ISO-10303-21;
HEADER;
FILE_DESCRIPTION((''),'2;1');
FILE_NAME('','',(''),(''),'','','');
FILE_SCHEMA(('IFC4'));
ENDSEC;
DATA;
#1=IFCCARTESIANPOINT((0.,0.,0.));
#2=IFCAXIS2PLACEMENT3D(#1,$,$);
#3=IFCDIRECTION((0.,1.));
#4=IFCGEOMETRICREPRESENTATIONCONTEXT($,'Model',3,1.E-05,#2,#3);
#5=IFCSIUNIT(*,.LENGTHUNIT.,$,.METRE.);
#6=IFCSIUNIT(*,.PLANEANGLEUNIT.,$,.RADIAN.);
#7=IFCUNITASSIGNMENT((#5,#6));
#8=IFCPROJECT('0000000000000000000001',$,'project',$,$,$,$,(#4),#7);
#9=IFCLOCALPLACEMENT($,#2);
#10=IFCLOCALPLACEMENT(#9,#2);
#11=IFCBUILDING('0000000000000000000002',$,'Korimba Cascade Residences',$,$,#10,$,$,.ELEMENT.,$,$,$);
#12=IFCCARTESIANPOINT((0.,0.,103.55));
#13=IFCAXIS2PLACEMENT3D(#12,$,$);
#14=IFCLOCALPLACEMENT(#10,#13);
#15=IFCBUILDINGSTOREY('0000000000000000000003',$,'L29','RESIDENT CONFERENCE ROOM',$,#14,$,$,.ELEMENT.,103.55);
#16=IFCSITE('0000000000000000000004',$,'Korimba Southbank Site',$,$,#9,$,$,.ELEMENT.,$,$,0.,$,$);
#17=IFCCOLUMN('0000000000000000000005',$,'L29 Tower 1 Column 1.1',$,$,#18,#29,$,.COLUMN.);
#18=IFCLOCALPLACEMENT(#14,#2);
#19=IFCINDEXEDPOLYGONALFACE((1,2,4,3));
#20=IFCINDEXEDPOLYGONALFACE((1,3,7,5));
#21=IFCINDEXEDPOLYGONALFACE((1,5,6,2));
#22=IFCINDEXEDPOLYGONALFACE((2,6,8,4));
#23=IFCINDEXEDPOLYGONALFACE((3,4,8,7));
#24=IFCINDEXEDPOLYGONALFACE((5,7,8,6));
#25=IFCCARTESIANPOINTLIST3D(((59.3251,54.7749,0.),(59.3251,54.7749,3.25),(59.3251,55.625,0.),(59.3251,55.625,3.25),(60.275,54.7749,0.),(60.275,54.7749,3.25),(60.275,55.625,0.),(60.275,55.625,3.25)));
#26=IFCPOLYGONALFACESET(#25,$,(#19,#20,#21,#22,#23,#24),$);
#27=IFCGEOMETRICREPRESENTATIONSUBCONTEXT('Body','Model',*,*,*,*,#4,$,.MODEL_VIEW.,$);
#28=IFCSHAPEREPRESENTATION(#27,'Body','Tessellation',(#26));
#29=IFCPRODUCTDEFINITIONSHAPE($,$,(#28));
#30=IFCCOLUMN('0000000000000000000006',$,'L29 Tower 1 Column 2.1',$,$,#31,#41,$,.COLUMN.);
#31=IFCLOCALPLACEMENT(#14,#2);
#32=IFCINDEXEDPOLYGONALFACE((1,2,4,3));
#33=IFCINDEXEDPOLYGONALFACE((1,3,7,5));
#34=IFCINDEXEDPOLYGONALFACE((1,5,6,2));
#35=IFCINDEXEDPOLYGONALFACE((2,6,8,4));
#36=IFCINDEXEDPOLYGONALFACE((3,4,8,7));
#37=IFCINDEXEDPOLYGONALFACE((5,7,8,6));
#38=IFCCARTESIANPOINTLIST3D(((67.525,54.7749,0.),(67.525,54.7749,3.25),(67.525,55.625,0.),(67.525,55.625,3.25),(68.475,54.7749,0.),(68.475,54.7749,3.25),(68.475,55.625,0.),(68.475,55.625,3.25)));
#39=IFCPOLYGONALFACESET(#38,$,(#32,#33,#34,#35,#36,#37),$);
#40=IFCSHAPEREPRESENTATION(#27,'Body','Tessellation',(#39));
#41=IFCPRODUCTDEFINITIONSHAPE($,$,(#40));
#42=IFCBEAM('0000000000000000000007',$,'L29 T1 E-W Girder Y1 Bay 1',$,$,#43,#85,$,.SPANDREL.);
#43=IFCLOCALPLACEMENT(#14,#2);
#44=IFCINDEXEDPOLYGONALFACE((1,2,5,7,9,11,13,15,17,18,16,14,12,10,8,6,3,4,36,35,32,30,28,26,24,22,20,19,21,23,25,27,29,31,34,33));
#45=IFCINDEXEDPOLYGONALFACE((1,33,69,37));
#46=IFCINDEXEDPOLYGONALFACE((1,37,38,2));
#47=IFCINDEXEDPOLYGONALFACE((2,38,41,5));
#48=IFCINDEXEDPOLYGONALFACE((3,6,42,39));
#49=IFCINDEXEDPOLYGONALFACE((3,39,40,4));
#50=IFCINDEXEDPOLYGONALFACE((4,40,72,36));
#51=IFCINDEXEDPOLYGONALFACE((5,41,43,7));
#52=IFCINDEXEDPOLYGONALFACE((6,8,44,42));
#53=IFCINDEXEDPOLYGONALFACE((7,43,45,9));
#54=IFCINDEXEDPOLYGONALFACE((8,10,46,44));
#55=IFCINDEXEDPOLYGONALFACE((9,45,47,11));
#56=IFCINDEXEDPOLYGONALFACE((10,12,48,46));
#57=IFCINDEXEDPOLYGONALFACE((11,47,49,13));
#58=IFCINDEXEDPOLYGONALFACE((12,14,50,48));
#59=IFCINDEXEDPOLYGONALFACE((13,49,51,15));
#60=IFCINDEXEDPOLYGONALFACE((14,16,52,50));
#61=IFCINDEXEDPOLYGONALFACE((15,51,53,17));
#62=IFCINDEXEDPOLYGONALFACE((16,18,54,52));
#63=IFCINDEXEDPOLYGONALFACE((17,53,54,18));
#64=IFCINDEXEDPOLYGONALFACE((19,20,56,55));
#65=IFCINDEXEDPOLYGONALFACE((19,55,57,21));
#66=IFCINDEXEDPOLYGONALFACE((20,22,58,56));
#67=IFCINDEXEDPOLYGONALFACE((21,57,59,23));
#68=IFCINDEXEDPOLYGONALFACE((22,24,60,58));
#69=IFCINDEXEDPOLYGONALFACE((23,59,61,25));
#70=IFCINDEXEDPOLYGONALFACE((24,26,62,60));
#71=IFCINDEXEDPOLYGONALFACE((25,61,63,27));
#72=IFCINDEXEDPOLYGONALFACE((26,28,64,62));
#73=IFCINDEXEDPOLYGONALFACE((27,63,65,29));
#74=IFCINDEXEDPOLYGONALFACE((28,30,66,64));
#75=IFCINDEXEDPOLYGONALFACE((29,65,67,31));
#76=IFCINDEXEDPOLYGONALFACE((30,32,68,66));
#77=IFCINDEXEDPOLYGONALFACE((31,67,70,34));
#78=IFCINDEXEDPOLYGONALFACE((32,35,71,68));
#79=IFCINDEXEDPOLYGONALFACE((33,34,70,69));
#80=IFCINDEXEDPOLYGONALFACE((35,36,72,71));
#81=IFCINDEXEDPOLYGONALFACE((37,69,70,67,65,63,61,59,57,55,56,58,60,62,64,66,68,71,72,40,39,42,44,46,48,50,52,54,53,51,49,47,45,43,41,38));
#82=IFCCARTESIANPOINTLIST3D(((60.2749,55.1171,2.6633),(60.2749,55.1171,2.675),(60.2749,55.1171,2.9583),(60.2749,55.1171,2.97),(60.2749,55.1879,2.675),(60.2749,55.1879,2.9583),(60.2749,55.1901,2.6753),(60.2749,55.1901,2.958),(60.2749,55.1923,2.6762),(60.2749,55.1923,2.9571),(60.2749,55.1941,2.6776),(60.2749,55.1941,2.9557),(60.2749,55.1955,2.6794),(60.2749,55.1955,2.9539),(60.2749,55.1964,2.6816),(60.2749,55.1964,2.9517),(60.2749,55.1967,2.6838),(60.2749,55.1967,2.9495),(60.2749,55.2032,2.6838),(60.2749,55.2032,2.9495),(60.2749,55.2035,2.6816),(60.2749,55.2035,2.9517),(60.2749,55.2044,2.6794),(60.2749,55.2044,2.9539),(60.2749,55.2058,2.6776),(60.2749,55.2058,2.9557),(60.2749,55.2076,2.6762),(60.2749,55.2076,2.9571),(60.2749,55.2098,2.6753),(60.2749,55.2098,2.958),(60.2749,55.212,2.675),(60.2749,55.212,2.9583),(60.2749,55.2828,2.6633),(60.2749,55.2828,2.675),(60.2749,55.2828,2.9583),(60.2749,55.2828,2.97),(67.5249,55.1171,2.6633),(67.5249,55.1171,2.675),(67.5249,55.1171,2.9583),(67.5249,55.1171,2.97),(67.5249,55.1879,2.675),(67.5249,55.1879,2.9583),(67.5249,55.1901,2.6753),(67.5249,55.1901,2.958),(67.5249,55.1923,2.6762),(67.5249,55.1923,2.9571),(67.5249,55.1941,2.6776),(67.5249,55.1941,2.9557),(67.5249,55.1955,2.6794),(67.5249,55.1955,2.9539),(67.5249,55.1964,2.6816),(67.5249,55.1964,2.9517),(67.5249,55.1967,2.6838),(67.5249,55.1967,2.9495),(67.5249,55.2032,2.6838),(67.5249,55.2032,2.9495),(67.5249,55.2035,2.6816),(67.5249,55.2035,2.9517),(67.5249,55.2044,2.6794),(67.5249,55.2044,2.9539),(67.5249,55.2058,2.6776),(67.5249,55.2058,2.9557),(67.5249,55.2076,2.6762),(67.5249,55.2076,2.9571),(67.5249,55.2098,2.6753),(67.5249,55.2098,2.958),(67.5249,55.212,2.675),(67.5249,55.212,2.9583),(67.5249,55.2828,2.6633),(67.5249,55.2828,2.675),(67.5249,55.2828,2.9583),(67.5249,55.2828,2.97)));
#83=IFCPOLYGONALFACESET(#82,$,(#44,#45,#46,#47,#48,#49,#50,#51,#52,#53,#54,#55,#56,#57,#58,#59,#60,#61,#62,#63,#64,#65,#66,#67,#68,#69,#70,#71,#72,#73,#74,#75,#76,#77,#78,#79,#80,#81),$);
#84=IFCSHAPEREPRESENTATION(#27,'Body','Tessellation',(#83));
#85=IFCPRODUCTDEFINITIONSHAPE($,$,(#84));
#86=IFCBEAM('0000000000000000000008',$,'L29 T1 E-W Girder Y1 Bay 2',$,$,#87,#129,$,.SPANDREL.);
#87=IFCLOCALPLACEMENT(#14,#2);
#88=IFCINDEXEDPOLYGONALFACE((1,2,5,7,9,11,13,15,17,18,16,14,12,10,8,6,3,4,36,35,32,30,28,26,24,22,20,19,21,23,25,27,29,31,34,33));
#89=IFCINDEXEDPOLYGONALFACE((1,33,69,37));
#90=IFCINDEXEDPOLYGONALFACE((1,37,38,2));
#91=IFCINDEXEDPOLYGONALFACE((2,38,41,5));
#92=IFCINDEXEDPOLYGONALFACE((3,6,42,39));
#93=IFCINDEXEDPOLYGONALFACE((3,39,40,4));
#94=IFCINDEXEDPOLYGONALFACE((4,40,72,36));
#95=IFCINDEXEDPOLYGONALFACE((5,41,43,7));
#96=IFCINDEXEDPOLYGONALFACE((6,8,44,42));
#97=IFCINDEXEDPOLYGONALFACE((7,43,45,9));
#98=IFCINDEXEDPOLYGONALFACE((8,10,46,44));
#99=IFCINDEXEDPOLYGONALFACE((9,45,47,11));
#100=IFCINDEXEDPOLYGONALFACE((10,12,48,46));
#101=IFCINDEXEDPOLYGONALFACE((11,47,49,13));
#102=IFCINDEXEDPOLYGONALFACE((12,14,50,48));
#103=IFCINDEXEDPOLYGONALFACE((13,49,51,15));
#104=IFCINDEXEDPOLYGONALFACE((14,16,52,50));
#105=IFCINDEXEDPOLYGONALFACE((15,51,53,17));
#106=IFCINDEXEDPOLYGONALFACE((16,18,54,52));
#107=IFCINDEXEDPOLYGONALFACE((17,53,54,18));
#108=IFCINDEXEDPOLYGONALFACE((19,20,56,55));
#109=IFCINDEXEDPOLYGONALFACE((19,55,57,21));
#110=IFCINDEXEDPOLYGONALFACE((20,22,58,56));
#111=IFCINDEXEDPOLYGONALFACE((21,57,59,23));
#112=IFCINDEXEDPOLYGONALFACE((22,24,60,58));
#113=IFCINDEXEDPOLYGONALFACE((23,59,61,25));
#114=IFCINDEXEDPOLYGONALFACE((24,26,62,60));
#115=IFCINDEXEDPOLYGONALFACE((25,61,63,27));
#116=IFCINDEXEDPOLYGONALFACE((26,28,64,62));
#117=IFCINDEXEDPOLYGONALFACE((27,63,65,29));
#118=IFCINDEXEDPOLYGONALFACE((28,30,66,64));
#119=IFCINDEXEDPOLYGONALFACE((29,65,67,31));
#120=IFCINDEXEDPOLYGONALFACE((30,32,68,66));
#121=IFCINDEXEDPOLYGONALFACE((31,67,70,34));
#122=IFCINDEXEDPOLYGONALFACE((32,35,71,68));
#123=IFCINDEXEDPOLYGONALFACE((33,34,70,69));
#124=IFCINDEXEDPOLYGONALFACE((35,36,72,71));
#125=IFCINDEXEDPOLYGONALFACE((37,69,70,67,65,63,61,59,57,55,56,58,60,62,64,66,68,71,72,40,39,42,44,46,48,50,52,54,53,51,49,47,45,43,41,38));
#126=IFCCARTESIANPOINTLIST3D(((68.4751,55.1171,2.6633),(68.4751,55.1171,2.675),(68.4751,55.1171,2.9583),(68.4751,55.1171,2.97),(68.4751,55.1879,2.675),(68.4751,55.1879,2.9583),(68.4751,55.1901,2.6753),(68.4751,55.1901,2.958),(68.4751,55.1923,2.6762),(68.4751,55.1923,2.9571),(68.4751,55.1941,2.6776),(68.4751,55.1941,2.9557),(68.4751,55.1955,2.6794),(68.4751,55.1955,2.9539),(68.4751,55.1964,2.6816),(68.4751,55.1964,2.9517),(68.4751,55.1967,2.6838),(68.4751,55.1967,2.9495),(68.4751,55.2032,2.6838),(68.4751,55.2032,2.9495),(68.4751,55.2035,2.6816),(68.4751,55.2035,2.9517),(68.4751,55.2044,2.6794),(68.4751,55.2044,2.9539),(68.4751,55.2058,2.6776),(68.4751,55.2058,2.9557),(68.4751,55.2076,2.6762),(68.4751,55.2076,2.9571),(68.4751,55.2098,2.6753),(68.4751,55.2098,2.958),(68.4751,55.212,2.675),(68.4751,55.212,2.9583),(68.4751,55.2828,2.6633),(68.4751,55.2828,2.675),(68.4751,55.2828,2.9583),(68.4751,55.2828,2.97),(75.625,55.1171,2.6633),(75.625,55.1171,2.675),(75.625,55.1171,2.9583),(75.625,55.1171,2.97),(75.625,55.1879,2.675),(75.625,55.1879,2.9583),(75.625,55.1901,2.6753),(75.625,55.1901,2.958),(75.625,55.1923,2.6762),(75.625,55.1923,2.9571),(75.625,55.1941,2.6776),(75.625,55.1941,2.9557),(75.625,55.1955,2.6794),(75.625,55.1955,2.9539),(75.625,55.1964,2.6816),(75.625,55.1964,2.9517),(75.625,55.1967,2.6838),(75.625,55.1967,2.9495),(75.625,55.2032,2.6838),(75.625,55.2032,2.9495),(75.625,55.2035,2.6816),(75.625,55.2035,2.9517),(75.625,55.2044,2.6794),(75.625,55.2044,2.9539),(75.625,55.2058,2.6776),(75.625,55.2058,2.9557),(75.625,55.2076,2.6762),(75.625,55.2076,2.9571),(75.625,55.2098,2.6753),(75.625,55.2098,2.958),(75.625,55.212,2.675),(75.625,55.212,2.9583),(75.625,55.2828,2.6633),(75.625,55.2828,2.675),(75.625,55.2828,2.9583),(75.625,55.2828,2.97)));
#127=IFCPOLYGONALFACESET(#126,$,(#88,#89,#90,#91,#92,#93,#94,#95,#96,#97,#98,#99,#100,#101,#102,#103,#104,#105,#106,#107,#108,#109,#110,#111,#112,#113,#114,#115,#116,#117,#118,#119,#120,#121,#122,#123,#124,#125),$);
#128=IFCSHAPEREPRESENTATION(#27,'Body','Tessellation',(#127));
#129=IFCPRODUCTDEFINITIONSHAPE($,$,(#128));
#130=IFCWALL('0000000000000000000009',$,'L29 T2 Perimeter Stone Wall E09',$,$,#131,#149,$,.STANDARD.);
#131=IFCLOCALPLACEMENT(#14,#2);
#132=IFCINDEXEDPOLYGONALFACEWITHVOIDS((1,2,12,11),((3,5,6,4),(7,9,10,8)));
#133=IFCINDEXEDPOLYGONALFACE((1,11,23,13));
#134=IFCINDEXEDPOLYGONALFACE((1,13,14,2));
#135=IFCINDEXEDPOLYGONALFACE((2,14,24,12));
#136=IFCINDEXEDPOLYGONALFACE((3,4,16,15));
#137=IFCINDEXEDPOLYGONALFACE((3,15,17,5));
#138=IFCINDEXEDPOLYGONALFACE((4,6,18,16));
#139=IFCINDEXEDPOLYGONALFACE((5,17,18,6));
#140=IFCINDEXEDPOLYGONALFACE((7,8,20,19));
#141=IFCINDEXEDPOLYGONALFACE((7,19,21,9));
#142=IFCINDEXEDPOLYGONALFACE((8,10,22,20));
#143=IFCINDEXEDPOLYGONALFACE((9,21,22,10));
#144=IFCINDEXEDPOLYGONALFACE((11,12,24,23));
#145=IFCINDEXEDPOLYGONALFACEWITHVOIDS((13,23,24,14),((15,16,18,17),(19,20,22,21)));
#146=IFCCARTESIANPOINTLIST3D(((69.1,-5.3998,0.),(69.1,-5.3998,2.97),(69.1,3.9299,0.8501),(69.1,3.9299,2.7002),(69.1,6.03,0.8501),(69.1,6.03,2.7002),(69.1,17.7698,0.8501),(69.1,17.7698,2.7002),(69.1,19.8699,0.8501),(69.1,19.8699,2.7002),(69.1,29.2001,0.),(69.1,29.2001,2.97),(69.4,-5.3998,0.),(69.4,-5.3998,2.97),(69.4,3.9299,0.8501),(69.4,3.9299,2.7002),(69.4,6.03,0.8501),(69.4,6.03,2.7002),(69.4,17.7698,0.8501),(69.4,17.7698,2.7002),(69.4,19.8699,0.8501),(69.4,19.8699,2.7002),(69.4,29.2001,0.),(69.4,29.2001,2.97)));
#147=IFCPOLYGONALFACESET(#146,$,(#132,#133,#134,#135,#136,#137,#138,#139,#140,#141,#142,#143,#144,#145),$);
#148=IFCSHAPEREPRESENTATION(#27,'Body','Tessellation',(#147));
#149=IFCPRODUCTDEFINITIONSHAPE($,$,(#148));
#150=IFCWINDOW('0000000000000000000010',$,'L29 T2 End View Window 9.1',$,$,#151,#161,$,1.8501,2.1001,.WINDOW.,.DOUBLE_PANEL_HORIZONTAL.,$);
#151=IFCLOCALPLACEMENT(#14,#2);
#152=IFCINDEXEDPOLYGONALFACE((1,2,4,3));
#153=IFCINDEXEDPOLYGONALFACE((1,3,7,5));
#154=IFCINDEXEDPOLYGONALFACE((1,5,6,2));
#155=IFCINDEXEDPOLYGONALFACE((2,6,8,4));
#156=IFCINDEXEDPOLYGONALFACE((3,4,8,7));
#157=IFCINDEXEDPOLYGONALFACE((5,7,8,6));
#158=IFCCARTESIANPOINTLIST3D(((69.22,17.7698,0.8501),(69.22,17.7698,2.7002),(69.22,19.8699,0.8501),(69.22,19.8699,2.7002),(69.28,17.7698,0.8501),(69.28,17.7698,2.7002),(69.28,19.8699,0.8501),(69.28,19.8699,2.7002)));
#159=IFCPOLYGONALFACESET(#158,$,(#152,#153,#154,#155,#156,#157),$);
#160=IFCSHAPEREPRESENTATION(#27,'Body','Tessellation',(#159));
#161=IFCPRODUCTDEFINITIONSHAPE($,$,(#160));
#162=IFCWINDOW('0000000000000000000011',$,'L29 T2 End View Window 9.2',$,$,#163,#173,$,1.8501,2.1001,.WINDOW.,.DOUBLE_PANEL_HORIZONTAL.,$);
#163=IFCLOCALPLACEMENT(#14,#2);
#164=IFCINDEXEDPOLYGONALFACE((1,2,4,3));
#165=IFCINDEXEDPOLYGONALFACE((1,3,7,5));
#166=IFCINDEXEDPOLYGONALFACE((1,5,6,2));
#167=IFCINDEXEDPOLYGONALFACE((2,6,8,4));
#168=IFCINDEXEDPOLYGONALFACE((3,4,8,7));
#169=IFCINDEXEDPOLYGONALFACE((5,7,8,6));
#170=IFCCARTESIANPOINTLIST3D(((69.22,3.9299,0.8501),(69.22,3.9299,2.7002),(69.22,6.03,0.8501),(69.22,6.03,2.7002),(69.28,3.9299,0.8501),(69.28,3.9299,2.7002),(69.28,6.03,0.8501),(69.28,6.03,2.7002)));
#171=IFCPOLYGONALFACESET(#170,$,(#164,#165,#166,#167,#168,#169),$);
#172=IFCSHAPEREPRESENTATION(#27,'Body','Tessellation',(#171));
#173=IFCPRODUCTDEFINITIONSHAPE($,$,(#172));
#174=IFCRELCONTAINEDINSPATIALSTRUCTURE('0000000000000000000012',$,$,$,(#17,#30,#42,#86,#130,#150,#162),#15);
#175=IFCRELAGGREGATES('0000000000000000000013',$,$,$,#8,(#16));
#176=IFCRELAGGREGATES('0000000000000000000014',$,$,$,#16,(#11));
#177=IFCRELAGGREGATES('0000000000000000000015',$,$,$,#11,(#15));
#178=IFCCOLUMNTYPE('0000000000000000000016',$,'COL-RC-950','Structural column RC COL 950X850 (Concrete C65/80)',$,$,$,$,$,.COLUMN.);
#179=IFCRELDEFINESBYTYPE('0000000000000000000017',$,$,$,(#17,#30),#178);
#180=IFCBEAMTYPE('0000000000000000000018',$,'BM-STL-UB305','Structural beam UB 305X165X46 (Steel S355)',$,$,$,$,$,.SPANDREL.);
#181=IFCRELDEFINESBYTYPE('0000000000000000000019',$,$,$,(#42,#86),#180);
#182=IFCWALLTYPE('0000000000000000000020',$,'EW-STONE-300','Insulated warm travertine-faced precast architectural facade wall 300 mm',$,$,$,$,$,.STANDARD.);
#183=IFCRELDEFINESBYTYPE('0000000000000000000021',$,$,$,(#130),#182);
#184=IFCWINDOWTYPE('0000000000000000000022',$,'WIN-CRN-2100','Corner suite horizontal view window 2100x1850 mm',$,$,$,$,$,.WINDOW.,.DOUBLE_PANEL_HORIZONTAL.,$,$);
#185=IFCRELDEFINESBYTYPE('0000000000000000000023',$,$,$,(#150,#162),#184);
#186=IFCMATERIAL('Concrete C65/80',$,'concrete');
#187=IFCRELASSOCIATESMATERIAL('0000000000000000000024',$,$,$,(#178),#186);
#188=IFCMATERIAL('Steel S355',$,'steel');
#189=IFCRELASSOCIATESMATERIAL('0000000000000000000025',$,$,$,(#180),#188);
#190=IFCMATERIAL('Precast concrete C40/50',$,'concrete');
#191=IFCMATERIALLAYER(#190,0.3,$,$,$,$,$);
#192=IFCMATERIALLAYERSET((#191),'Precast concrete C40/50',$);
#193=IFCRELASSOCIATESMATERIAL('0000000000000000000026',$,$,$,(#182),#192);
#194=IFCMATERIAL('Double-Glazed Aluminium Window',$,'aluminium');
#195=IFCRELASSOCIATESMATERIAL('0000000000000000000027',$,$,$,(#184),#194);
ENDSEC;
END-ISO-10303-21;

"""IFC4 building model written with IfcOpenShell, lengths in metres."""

from ifc_helpers import new_model, si_unit, direction, frame, frame_2d, origin, origin_2d, place, context, subcontext, project, spatial, rectangle, i_section, extrude, material, layer, layer_set, material_profile, profile_set, type_object, element, fill, save


model = new_model("IFC4")

# Units and contexts
model_context = context("Model", 3, precision=1e-05, world=origin(), true_north=direction((0.0, 1.0)))
body_context = subcontext(model_context, "Body", "Model", "MODEL_VIEW")
ifc_project = project(units=[si_unit("LENGTHUNIT", "METRE"), si_unit("PLANEANGLEUNIT", "RADIAN")], contexts=[model_context])

# Site, building, storey
site_placement = place(None, origin())
site = spatial("IfcSite", under=ifc_project, at=site_placement, Name="Korimba Southbank Site", CompositionType="ELEMENT", RefElevation=0.0)
building_placement = place(site_placement, origin())
building = spatial("IfcBuilding", under=site, at=building_placement, Name="Korimba Cascade Residences", CompositionType="ELEMENT")
storey_placement = place(building_placement, frame((0.0, 0.0, 103.55)))
storey = spatial("IfcBuildingStorey", under=building, at=storey_placement, Name="L29", Description="RESIDENT CONFERENCE ROOM", CompositionType="ELEMENT", Elevation=103.55)

# Columns
ifc_material_1 = material(Name="Concrete C65/80", Category="concrete")
ifc_material_profile_1 = material_profile(ifc_material_1, rectangle(XDim=0.95, YDim=0.8501, at=origin_2d()), Name="Concrete C65/80")
ifc_profile_set_1 = profile_set([ifc_material_profile_1], Name="Concrete C65/80")
column_type = type_object("IfcColumnType", Name="COL-RC-950", Description="Structural column RC COL 950X850 (Concrete C65/80)", PredefinedType="COLUMN", material=ifc_profile_set_1)
for number, where, z_axis, x_axis, name in (
    (1, (59.8, 55.2, 0.0), (0.0, 0.0, 1.0), (1.0, 0.0, 0.0), "L29 Tower 1 Column 1.1"),
    (2, (68.0, 55.2, 0.0), (0.0, 0.0, 1.0), (1.0, 0.0, 0.0), "L29 Tower 1 Column 2.1"),
):
    element("IfcColumn", number, at=place(storey_placement, frame(where, z_axis=z_axis, x_axis=x_axis)), inside=storey, type_object=column_type, Name=name, PredefinedType="COLUMN", context=body_context, shape_type="SweptSolid", body=[
        extrude(rectangle(XDim=0.95, YDim=0.8501, at=origin_2d()), origin(), (0.0, 0.0, 1.0), 3.25),
    ])

# Beams
ifc_material_2 = material(Name="Steel S355", Category="steel")
ifc_material_profile_2 = material_profile(ifc_material_2, i_section(OverallWidth=0.1658, OverallDepth=0.3066, WebThickness=0.0066, FlangeThickness=0.0117, FilletRadius=0.0088, at=origin_2d()), Name="Steel S355")
ifc_profile_set_2 = profile_set([ifc_material_profile_2], Name="Steel S355")
beam_type = type_object("IfcBeamType", Name="BM-STL-UB305", Description="Structural beam UB 305X165X46 (Steel S355)", PredefinedType="SPANDREL", material=ifc_profile_set_2)
beam_1_placement = place(storey_placement, frame((60.2749, 55.2, 2.8167), z_axis=(1.0, 0.0, 0.0), x_axis=(0.0, 1.0, 0.0)))
element("IfcBeam", 3, at=beam_1_placement, inside=storey, type_object=beam_type, Name="L29 T1 E-W Girder Y1 Bay 1", PredefinedType="SPANDREL", context=body_context, shape_type="SweptSolid", body=[
    extrude(i_section(OverallWidth=0.1658, OverallDepth=0.3066, WebThickness=0.0066, FlangeThickness=0.0117, FilletRadius=0.0088, at=origin_2d()), origin(), (0.0, 0.0, 1.0), 7.25),
])
beam_2_placement = place(storey_placement, frame((68.4751, 55.2, 2.8167), z_axis=(1.0, 0.0, 0.0), x_axis=(0.0, 1.0, 0.0)))
element("IfcBeam", 4, at=beam_2_placement, inside=storey, type_object=beam_type, Name="L29 T1 E-W Girder Y1 Bay 2", PredefinedType="SPANDREL", context=body_context, shape_type="SweptSolid", body=[
    extrude(i_section(OverallWidth=0.1658, OverallDepth=0.3066, WebThickness=0.0066, FlangeThickness=0.0117, FilletRadius=0.0088, at=origin_2d()), origin(), (0.0, 0.0, 1.0), 7.1499),
])

# Wall, openings, windows
ifc_material_3 = material(Name="Precast concrete C40/50", Category="concrete")
ifc_layer_1 = layer(ifc_material_3, 0.3)
ifc_layer_set_1 = layer_set([ifc_layer_1], Name="Precast concrete C40/50")
wall_type_1 = type_object("IfcWallType", Name="EW-STONE-300", Description="Insulated warm travertine-faced precast architectural facade wall 300 mm", PredefinedType="STANDARD", material=ifc_layer_set_1)
wall_1_placement = place(storey_placement, frame((69.25, 29.2, 0.0), z_axis=(0.0, 0.0, 1.0), x_axis=(0.0, -1.0, 0.0)))
wall_1 = element("IfcWall", 5, at=wall_1_placement, inside=storey, type_object=wall_type_1, Name="L29 T2 Perimeter Stone Wall E09", PredefinedType="STANDARD", context=body_context, shape_type="SweptSolid", body=[
    extrude(rectangle(XDim=34.5999, YDim=0.3, at=frame_2d((17.2998, 0.0))), origin(), (0.0, 0.0, 1.0), 2.97),
])
opening_1_placement = place(wall_1_placement, frame((9.3301, 0.0, 0.8501)))
opening_1 = element("IfcOpeningElement", 6, at=opening_1_placement, cuts=wall_1, PredefinedType="OPENING", context=body_context, shape_type="SweptSolid", body=[
    extrude(rectangle(XDim=2.1001, YDim=1.8501, at=frame_2d((1.05, 0.925))), frame((0.0, 0.1602, 0.0), z_axis=(0.0, -1.0, 0.0), x_axis=(1.0, 0.0, 0.0)), (0.0, 0.0, 1.0), 0.3201),
])
opening_2_placement = place(wall_1_placement, frame((23.1699, 0.0, 0.8501)))
opening_2 = element("IfcOpeningElement", 7, at=opening_2_placement, cuts=wall_1, PredefinedType="OPENING", context=body_context, shape_type="SweptSolid", body=[
    extrude(rectangle(XDim=2.1001, YDim=1.8501, at=frame_2d((1.05, 0.925))), frame((0.0, 0.1602, 0.0), z_axis=(0.0, -1.0, 0.0), x_axis=(1.0, 0.0, 0.0)), (0.0, 0.0, 1.0), 0.3201),
])
ifc_material_4 = material(Name="Double-Glazed Aluminium Window", Category="aluminium")
window_type = type_object("IfcWindowType", Name="WIN-CRN-2100", Description="Corner suite horizontal view window 2100x1850 mm", PartitioningType="DOUBLE_PANEL_HORIZONTAL", PredefinedType="WINDOW", material=ifc_material_4)
window_1_placement = place(opening_1_placement, origin())
window_1 = element("IfcWindow", 8, at=window_1_placement, inside=storey, type_object=window_type, Name="L29 T2 End View Window 9.1", OverallHeight=1.8501, OverallWidth=2.1001, PartitioningType="DOUBLE_PANEL_HORIZONTAL", PredefinedType="WINDOW", context=body_context, shape_type="SweptSolid", body=[
    extrude(rectangle(XDim=2.1001, YDim=1.8501, at=frame_2d((1.05, 0.925))), frame((0.0, 0.03, 0.0), z_axis=(0.0, -1.0, 0.0), x_axis=(1.0, 0.0, 0.0)), (0.0, 0.0, 1.0), 0.0601),
])
fill(opening_1, window_1)
window_2_placement = place(opening_2_placement, origin())
window_2 = element("IfcWindow", 9, at=window_2_placement, inside=storey, type_object=window_type, Name="L29 T2 End View Window 9.2", OverallHeight=1.8501, OverallWidth=2.1001, PartitioningType="DOUBLE_PANEL_HORIZONTAL", PredefinedType="WINDOW", context=body_context, shape_type="SweptSolid", body=[
    extrude(rectangle(XDim=2.1001, YDim=1.8501, at=frame_2d((1.05, 0.925))), frame((0.0, 0.03, 0.0), z_axis=(0.0, -1.0, 0.0), x_axis=(1.0, 0.0, 0.0)), (0.0, 0.0, 1.0), 0.0601),
])
fill(opening_2, window_2)

save(model, "model.ifc")
